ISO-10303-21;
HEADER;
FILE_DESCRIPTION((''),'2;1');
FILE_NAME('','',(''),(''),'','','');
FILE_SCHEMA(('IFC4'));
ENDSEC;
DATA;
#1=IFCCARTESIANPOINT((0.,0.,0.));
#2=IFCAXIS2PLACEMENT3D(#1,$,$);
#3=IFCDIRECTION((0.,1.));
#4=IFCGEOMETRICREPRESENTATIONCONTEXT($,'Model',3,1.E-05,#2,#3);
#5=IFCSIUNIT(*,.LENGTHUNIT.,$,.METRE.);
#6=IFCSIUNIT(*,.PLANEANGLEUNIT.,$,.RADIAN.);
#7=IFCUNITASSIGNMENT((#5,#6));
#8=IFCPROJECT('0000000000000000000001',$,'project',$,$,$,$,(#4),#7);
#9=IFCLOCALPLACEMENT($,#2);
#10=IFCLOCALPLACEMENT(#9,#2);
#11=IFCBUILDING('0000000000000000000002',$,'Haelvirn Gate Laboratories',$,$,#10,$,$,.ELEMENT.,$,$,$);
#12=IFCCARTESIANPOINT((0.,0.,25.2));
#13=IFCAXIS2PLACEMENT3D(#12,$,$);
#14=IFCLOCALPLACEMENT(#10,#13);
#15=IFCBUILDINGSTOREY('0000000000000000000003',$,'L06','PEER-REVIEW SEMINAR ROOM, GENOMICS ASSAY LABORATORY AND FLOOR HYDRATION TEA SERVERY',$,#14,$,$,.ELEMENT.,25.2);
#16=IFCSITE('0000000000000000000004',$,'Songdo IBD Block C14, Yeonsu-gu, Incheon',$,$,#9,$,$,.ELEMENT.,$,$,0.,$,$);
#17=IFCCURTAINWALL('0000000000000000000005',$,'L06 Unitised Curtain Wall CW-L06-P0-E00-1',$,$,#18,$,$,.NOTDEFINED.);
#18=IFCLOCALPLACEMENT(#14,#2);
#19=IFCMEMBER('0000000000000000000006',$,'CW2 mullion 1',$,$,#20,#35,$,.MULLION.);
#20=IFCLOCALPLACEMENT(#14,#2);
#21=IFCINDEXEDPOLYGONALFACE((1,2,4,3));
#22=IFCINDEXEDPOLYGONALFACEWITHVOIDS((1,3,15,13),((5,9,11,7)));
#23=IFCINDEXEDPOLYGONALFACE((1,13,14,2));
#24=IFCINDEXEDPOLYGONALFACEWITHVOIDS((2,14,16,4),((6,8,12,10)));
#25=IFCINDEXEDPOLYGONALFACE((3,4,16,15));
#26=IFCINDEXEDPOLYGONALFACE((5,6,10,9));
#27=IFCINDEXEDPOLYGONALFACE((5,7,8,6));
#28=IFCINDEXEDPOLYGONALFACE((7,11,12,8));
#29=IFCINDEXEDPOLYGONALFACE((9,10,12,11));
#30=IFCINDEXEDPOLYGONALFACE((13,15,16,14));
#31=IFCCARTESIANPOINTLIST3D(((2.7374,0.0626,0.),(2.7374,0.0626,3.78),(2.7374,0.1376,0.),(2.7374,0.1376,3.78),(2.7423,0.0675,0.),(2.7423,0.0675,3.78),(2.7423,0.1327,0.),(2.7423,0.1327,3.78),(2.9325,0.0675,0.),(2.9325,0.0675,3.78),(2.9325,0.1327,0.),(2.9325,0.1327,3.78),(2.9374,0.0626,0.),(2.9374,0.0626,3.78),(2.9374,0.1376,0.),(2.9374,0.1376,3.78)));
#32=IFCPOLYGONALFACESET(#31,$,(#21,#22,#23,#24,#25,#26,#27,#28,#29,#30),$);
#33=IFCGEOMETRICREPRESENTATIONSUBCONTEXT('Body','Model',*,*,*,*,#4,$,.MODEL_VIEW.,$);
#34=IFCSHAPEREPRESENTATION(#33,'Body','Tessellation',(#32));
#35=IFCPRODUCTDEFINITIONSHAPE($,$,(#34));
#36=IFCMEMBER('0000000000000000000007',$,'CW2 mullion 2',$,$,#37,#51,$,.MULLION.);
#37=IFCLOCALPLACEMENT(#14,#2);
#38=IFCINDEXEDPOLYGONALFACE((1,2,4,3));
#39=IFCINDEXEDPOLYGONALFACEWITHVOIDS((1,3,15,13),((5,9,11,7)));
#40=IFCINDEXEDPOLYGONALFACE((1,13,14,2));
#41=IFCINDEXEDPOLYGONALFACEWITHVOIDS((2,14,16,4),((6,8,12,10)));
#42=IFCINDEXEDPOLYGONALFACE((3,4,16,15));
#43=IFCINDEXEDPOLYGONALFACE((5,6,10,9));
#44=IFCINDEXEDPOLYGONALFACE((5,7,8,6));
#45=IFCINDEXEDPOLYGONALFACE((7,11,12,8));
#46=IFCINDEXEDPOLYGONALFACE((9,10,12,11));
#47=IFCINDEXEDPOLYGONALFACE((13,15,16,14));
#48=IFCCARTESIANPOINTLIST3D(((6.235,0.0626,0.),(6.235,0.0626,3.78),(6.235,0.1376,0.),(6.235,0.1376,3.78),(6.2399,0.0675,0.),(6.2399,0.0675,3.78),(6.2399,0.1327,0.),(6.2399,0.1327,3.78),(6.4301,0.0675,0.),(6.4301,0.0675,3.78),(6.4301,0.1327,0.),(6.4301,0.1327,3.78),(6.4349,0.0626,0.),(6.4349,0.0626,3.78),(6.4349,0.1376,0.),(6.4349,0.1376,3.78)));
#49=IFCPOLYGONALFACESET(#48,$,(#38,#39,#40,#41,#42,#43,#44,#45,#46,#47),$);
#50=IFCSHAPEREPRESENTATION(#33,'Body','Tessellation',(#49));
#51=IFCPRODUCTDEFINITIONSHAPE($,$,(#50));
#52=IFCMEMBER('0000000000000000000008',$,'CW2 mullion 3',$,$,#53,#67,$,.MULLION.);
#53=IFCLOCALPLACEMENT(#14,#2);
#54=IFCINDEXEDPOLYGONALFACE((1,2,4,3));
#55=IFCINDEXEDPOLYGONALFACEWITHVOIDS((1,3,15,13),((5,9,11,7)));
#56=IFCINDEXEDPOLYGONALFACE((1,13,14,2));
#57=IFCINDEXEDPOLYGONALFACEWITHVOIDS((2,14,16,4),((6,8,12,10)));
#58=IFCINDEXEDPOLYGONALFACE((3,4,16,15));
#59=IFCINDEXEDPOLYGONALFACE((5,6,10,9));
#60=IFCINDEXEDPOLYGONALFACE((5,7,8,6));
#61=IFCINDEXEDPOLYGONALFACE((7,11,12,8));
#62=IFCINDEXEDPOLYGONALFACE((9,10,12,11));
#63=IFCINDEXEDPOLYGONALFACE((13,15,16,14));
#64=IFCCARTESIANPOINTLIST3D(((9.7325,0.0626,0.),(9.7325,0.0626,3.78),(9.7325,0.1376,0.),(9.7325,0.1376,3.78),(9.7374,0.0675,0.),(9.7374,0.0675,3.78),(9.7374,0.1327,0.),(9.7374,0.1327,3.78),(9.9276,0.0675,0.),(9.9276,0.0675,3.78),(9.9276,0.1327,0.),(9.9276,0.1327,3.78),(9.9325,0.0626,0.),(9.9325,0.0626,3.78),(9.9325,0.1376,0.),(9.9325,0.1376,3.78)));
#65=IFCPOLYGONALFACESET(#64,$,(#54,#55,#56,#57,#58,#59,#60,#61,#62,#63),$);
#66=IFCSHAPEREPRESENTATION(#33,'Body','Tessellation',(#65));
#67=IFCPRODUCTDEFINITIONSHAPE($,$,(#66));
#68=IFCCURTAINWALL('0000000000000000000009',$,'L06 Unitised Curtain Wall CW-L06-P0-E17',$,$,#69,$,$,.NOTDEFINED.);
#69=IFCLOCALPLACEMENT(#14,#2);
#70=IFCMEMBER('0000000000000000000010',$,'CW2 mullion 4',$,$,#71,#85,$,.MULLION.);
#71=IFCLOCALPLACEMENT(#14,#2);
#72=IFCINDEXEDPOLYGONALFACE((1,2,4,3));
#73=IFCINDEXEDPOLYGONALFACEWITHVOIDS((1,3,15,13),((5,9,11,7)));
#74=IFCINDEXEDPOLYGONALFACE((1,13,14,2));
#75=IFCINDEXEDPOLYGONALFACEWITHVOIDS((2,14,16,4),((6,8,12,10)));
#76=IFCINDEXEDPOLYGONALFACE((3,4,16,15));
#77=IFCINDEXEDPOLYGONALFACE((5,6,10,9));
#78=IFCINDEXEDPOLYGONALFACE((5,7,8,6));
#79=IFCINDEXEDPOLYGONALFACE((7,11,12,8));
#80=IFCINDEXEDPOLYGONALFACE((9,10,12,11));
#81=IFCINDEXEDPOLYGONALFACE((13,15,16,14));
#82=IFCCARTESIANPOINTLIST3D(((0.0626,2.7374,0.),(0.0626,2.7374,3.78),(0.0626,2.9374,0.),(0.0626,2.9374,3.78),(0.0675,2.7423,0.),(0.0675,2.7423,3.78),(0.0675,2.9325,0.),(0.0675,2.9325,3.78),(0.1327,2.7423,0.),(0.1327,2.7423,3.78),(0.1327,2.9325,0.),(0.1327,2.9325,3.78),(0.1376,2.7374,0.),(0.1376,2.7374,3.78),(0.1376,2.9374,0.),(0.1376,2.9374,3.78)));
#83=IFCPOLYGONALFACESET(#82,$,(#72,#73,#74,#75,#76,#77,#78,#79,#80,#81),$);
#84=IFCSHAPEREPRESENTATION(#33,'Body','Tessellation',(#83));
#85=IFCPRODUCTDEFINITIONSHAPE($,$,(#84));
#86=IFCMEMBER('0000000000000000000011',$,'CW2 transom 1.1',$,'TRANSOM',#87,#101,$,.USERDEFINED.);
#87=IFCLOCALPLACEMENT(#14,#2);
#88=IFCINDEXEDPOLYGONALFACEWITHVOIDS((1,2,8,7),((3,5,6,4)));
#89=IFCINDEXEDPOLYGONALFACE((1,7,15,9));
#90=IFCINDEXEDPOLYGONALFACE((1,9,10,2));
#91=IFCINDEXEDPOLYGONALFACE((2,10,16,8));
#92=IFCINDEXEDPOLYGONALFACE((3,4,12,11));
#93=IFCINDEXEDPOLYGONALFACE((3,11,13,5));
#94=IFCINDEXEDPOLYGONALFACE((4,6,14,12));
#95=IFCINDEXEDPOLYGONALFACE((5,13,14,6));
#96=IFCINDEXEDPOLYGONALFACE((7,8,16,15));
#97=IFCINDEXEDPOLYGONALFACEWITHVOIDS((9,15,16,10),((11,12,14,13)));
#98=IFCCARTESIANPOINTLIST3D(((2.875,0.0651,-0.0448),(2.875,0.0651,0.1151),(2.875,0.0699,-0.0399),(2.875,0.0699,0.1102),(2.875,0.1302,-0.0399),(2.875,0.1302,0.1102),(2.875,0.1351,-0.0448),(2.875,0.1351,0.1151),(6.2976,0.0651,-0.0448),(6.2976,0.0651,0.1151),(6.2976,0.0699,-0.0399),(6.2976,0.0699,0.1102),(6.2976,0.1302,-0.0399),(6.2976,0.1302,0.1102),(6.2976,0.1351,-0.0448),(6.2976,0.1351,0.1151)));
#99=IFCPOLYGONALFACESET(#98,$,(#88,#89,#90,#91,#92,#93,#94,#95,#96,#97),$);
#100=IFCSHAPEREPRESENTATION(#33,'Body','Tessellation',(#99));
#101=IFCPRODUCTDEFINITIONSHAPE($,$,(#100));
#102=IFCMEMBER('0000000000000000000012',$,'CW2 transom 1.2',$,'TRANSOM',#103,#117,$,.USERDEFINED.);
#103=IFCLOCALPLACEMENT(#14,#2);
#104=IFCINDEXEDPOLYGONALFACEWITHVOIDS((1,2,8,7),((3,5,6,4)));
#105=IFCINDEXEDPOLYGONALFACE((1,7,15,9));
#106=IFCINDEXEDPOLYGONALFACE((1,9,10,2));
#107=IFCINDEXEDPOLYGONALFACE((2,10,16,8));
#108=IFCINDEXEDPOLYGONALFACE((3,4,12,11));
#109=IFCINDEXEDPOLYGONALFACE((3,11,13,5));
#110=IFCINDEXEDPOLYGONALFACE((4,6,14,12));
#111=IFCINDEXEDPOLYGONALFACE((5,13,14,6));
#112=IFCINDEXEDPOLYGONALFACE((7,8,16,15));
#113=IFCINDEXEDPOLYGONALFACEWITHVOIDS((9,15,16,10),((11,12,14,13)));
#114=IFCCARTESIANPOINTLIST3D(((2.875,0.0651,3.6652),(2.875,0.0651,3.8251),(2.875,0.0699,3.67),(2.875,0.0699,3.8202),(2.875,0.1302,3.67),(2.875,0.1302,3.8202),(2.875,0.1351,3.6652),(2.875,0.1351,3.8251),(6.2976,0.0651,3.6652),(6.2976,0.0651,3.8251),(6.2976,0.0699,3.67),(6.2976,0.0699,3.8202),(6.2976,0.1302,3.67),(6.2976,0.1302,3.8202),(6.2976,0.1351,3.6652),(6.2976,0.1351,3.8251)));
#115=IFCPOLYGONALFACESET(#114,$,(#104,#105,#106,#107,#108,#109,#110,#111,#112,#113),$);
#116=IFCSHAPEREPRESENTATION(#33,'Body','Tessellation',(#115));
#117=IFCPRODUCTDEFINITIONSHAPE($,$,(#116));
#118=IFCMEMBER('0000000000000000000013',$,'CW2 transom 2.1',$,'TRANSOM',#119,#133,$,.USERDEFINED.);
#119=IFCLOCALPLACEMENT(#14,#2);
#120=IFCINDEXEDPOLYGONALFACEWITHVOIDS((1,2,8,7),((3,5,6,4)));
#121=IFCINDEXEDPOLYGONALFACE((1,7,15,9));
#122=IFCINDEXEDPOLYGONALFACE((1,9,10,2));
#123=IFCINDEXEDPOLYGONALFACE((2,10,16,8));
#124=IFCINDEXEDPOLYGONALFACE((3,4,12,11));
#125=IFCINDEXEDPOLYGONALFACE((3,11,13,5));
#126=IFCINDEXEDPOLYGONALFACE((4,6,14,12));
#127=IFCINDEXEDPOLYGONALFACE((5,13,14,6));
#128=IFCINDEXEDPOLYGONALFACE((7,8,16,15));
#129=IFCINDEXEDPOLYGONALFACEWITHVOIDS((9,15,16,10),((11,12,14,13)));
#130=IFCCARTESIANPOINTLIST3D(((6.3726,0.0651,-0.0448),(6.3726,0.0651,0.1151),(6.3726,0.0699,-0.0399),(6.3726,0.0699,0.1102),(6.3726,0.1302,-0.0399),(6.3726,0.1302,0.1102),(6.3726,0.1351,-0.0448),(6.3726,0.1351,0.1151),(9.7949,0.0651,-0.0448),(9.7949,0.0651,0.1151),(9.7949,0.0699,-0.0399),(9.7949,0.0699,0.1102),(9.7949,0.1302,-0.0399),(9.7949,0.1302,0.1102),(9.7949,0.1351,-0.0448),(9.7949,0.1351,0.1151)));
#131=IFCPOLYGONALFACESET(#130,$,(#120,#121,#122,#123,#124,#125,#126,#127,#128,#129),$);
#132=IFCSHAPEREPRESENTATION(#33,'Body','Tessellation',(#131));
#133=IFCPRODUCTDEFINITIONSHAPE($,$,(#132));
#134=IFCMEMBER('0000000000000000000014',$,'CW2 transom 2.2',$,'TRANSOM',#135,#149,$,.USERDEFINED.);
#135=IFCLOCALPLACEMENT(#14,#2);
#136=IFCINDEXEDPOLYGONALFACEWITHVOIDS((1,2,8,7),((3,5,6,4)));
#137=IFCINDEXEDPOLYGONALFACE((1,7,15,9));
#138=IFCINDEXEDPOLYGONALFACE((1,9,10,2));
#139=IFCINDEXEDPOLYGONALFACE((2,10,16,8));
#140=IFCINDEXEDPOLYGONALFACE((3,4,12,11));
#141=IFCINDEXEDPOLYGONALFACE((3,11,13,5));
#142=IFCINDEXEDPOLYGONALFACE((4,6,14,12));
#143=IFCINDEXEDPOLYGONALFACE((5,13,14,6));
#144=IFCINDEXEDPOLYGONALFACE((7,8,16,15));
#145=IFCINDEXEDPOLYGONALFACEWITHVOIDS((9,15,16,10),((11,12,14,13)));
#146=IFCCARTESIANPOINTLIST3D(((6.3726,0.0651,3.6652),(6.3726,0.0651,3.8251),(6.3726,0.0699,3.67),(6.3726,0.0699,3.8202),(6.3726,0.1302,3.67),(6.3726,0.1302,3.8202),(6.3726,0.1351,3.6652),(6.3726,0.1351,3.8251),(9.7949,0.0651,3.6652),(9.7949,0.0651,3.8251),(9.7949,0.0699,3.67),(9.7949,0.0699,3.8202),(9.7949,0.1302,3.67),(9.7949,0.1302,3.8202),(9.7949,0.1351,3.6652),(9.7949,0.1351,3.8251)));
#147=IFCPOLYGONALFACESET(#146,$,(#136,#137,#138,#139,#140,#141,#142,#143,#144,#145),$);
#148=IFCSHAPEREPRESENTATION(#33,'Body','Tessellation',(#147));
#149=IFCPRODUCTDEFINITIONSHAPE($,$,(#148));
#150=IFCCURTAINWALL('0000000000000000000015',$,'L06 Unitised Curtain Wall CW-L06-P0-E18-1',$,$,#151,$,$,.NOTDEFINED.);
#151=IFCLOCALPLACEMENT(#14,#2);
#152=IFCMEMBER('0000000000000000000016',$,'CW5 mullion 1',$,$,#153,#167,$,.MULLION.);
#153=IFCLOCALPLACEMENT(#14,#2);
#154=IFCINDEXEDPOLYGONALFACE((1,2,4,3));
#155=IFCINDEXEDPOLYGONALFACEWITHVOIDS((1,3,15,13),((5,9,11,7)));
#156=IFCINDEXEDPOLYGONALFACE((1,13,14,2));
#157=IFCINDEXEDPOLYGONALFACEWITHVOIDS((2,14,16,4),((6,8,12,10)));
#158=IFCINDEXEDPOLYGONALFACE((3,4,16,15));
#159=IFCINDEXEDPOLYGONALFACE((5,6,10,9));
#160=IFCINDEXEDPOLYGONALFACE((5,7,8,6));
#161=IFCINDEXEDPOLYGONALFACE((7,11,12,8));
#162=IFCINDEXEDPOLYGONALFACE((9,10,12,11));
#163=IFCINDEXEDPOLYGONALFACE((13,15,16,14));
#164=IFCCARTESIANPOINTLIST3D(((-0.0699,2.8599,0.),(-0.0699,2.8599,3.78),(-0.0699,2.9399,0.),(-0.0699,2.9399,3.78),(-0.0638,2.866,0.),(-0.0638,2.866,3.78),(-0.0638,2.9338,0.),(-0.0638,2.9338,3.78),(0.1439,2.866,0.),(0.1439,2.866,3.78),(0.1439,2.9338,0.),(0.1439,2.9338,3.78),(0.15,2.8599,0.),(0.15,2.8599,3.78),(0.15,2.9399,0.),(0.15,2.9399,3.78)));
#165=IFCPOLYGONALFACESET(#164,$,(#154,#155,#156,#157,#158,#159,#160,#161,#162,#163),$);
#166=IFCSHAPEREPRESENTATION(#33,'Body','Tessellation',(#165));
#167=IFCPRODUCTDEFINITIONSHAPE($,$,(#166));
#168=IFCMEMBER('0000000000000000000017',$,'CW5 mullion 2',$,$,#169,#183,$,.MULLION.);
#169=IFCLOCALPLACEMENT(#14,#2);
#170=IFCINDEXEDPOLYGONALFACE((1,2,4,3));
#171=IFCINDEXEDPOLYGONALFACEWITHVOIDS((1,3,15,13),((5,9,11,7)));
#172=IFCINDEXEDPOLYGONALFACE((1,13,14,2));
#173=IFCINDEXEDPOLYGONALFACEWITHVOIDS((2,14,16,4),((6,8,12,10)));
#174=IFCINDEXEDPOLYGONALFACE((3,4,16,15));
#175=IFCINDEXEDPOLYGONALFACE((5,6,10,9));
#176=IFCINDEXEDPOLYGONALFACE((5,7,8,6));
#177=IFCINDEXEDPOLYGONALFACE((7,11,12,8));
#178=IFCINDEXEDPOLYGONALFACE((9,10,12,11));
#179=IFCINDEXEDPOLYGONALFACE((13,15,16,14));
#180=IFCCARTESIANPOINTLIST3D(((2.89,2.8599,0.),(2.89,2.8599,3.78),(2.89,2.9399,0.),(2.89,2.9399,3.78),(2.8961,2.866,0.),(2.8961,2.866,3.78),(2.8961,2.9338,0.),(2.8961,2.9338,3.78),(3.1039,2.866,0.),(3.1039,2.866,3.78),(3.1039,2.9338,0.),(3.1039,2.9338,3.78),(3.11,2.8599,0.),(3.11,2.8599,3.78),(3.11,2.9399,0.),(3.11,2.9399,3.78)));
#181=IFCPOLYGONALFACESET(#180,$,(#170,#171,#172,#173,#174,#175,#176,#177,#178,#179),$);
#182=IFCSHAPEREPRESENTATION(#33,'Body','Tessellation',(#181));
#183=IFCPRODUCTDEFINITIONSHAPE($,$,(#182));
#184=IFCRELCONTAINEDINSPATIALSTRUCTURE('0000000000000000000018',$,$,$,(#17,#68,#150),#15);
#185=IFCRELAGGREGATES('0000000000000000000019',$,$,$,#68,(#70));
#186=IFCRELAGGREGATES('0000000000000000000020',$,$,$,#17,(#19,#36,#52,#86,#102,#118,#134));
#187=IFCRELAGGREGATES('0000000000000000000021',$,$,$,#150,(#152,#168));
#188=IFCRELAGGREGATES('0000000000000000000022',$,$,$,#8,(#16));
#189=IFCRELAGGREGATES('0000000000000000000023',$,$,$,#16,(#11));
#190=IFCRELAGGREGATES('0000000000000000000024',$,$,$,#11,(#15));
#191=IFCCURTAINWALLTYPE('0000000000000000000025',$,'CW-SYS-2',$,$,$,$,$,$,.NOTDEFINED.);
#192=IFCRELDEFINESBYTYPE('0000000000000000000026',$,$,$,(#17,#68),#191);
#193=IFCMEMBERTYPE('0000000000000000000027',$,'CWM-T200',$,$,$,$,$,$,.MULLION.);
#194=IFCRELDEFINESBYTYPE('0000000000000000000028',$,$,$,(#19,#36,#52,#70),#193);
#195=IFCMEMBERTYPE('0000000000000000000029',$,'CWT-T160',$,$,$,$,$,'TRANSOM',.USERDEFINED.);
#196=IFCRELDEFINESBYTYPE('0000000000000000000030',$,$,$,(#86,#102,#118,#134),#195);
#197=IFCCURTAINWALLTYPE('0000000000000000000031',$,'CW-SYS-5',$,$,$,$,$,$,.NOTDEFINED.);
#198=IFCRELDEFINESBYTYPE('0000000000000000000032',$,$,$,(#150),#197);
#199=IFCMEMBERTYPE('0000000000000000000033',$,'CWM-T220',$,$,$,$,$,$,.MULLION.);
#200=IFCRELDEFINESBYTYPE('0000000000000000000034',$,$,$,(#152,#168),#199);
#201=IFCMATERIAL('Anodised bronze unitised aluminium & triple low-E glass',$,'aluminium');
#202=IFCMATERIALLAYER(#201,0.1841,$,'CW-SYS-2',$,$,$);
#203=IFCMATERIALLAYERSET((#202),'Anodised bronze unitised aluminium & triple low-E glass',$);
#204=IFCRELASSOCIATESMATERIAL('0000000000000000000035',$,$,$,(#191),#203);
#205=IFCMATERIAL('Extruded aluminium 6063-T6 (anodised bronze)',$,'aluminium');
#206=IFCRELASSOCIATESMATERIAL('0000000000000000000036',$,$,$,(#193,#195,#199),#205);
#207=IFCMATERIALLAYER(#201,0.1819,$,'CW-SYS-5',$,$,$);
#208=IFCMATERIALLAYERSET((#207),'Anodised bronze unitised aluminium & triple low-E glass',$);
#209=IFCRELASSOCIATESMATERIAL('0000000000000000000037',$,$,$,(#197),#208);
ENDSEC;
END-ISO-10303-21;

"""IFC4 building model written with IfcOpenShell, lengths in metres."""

from ifc_helpers import new_model, si_unit, direction, frame, origin, origin_2d, place, context, subcontext, project, spatial, hollow_rectangle, extrude, source, transform, mapped, material, layer, layer_set, material_profile, profile_set, type_object, type_shapes, element, aggregate, save


model = new_model("IFC4")

# Units and contexts
model_context = context("Model", 3, precision=1e-05, world=origin(), true_north=direction((0.0, 1.0)))
body_context = subcontext(model_context, "Body", "Model", "MODEL_VIEW")
ifc_project = project(units=[si_unit("LENGTHUNIT", "METRE"), si_unit("PLANEANGLEUNIT", "RADIAN")], contexts=[model_context])

# Site, building, storey
site_placement = place(None, origin())
site = spatial("IfcSite", under=ifc_project, at=site_placement, Name="Songdo IBD Block C14, Yeonsu-gu, Incheon", CompositionType="ELEMENT", RefElevation=0.0)
building_placement = place(site_placement, origin())
building = spatial("IfcBuilding", under=site, at=building_placement, Name="Haelvirn Gate Laboratories", CompositionType="ELEMENT")
storey_placement = place(building_placement, frame((0.0, 0.0, 25.2)))
storey = spatial("IfcBuildingStorey", under=building, at=storey_placement, Name="L06", Description="PEER-REVIEW SEMINAR ROOM, GENOMICS ASSAY LABORATORY AND FLOOR HYDRATION TEA SERVERY", CompositionType="ELEMENT", Elevation=25.2)

# Curtain wall, members
ifc_material_1 = material(Name="Anodised bronze unitised aluminium & triple low-E glass", Category="aluminium")
ifc_layer_1 = layer(ifc_material_1, 0.1841, Name="CW-SYS-2")
ifc_layer_set_1 = layer_set([ifc_layer_1], Name="Anodised bronze unitised aluminium & triple low-E glass")
curtain_wall_type_1 = type_object("IfcCurtainWallType", Name="CW-SYS-2", PredefinedType="NOTDEFINED", material=ifc_layer_set_1)
curtain_wall_1_placement = place(storey_placement, origin())
curtain_wall_1 = element("IfcCurtainWall", 1, at=curtain_wall_1_placement, inside=storey, type_object=curtain_wall_type_1, Name="L06 Unitised Curtain Wall CW-L06-P0-E00-1", PredefinedType="NOTDEFINED")
ifc_material_2 = material(Name="Extruded aluminium 6063-T6 (anodised bronze)", Category="aluminium")
ifc_material_profile_1 = material_profile(ifc_material_2, hollow_rectangle(XDim=0.075, YDim=0.2, WallThickness=0.0049, at=origin_2d()), Name="CWM-200x75x5")
ifc_profile_set_1 = profile_set([ifc_material_profile_1], Name="Extruded aluminium 6063-T6 (anodised bronze)")
member_type_1 = type_object("IfcMemberType", Name="CWM-T200", PredefinedType="MULLION", material=ifc_profile_set_1)
shared_shape_1 = source(origin(), body_context, "Body", "SweptSolid", [
    extrude(hollow_rectangle(XDim=0.075, YDim=0.2, WallThickness=0.0049, at=origin_2d()), origin(), (0.0, 0.0, 1.0), 3.78),
])
type_shapes(member_type_1, [shared_shape_1])
member_1_placement = place(storey_placement, frame((2.8374, 0.1001, 0.0), z_axis=(0.0, 0.0, 1.0), x_axis=(0.0, 1.0, 0.0)))
member_1 = element("IfcMember", 2, at=member_1_placement, type_object=member_type_1, Name="CW2 mullion 1", PredefinedType="MULLION", context=body_context, shape_type="MappedRepresentation", body=[
    mapped(shared_shape_1, transform((0.0, 0.0, 0.0), scale=1.0)),
])
member_2_placement = place(storey_placement, frame((6.335, 0.1001, 0.0), z_axis=(0.0, 0.0, 1.0), x_axis=(0.0, 1.0, 0.0)))
member_2 = element("IfcMember", 3, at=member_2_placement, type_object=member_type_1, Name="CW2 mullion 2", PredefinedType="MULLION", context=body_context, shape_type="MappedRepresentation", body=[
    mapped(shared_shape_1, transform((0.0, 0.0, 0.0), scale=1.0)),
])
member_3_placement = place(storey_placement, frame((9.8325, 0.1001, 0.0), z_axis=(0.0, 0.0, 1.0), x_axis=(0.0, 1.0, 0.0)))
member_3 = element("IfcMember", 4, at=member_3_placement, type_object=member_type_1, Name="CW2 mullion 3", PredefinedType="MULLION", context=body_context, shape_type="MappedRepresentation", body=[
    mapped(shared_shape_1, transform((0.0, 0.0, 0.0), scale=1.0)),
])

# Curtain wall, member
curtain_wall_2_placement = place(storey_placement, origin())
curtain_wall_2 = element("IfcCurtainWall", 5, at=curtain_wall_2_placement, inside=storey, type_object=curtain_wall_type_1, Name="L06 Unitised Curtain Wall CW-L06-P0-E17", PredefinedType="NOTDEFINED")
member_4_placement = place(storey_placement, frame((0.1001, 2.8374, 0.0), z_axis=(0.0, 0.0, 1.0), x_axis=(1.0, 0.0, 0.0)))
member_4 = element("IfcMember", 6, at=member_4_placement, type_object=member_type_1, Name="CW2 mullion 4", PredefinedType="MULLION", context=body_context, shape_type="MappedRepresentation", body=[
    mapped(shared_shape_1, transform((0.0, 0.0, 0.0), scale=1.0)),
])
aggregate(curtain_wall_2, [member_4])

# Members
ifc_material_profile_2 = material_profile(ifc_material_2, hollow_rectangle(XDim=0.0701, YDim=0.1599, WallThickness=0.0049, at=origin_2d()), Name="CWT-160x70x5")
ifc_profile_set_2 = profile_set([ifc_material_profile_2], Name="Extruded aluminium 6063-T6 (anodised bronze)")
member_type_2 = type_object("IfcMemberType", Name="CWT-T160", ElementType="TRANSOM", PredefinedType="USERDEFINED", material=ifc_profile_set_2)
shared_shape_2 = source(origin(), body_context, "Body", "SweptSolid", [
    extrude(hollow_rectangle(XDim=0.0701, YDim=0.1599, WallThickness=0.0049, at=origin_2d()), origin(), (0.0, 0.0, 1.0), 3.4226),
])
member_5_placement = place(storey_placement, frame((2.875, 0.1001, 0.0352), z_axis=(1.0, 0.0, 0.0), x_axis=(0.0, 1.0, 0.0)))
member_5 = element("IfcMember", 7, at=member_5_placement, type_object=member_type_2, Name="CW2 transom 1.1", ObjectType="TRANSOM", PredefinedType="USERDEFINED", context=body_context, shape_type="MappedRepresentation", body=[
    mapped(shared_shape_2, transform((0.0, 0.0, 0.0), scale=1.0)),
])
member_6_placement = place(storey_placement, frame((2.875, 0.1001, 3.7451), z_axis=(1.0, 0.0, 0.0), x_axis=(0.0, 1.0, 0.0)))
member_6 = element("IfcMember", 8, at=member_6_placement, type_object=member_type_2, Name="CW2 transom 1.2", ObjectType="TRANSOM", PredefinedType="USERDEFINED", context=body_context, shape_type="MappedRepresentation", body=[
    mapped(shared_shape_2, transform((0.0, 0.0, 0.0), scale=1.0)),
])
shared_shape_3 = source(origin(), body_context, "Body", "SweptSolid", [
    extrude(hollow_rectangle(XDim=0.0701, YDim=0.1599, WallThickness=0.0049, at=origin_2d()), origin(), (0.0, 0.0, 1.0), 3.4224),
])
type_shapes(member_type_2, [shared_shape_2, shared_shape_3])
member_7_placement = place(storey_placement, frame((6.3726, 0.1001, 0.0352), z_axis=(1.0, 0.0, 0.0), x_axis=(0.0, 1.0, 0.0)))
member_7 = element("IfcMember", 9, at=member_7_placement, type_object=member_type_2, Name="CW2 transom 2.1", ObjectType="TRANSOM", PredefinedType="USERDEFINED", context=body_context, shape_type="MappedRepresentation", body=[
    mapped(shared_shape_3, transform((0.0, 0.0, 0.0), scale=1.0)),
])
member_8_placement = place(storey_placement, frame((6.3726, 0.1001, 3.7451), z_axis=(1.0, 0.0, 0.0), x_axis=(0.0, 1.0, 0.0)))
member_8 = element("IfcMember", 10, at=member_8_placement, type_object=member_type_2, Name="CW2 transom 2.2", ObjectType="TRANSOM", PredefinedType="USERDEFINED", context=body_context, shape_type="MappedRepresentation", body=[
    mapped(shared_shape_3, transform((0.0, 0.0, 0.0), scale=1.0)),
])

# Curtain wall, members
ifc_layer_2 = layer(ifc_material_1, 0.1819, Name="CW-SYS-5")
ifc_layer_set_2 = layer_set([ifc_layer_2], Name="Anodised bronze unitised aluminium & triple low-E glass")
curtain_wall_type_2 = type_object("IfcCurtainWallType", Name="CW-SYS-5", PredefinedType="NOTDEFINED", material=ifc_layer_set_2)
curtain_wall_3_placement = place(storey_placement, origin())
curtain_wall_3 = element("IfcCurtainWall", 11, at=curtain_wall_3_placement, inside=storey, type_object=curtain_wall_type_2, Name="L06 Unitised Curtain Wall CW-L06-P0-E18-1", PredefinedType="NOTDEFINED")
ifc_material_profile_3 = material_profile(ifc_material_2, hollow_rectangle(XDim=0.0801, YDim=0.22, WallThickness=0.0061, at=origin_2d()), Name="CWM-220x80x6")
ifc_profile_set_3 = profile_set([ifc_material_profile_3], Name="Extruded aluminium 6063-T6 (anodised bronze)")
member_type_3 = type_object("IfcMemberType", Name="CWM-T220", PredefinedType="MULLION", material=ifc_profile_set_3)
shared_shape_4 = source(origin(), body_context, "Body", "SweptSolid", [
    extrude(hollow_rectangle(XDim=0.0801, YDim=0.22, WallThickness=0.0061, at=origin_2d()), origin(), (0.0, 0.0, 1.0), 3.78),
])
type_shapes(member_type_3, [shared_shape_4])
member_9_placement = place(storey_placement, frame((0.04, 2.8999, 0.0), z_axis=(0.0, 0.0, 1.0), x_axis=(0.0, 1.0, 0.0)))
member_9 = element("IfcMember", 12, at=member_9_placement, type_object=member_type_3, Name="CW5 mullion 1", PredefinedType="MULLION", context=body_context, shape_type="MappedRepresentation", body=[
    mapped(shared_shape_4, transform((0.0, 0.0, 0.0), scale=1.0)),
])
member_10_placement = place(storey_placement, frame((3.0, 2.8999, 0.0), z_axis=(0.0, 0.0, 1.0), x_axis=(0.0, 1.0, 0.0)))
member_10 = element("IfcMember", 13, at=member_10_placement, type_object=member_type_3, Name="CW5 mullion 2", PredefinedType="MULLION", context=body_context, shape_type="MappedRepresentation", body=[
    mapped(shared_shape_4, transform((0.0, 0.0, 0.0), scale=1.0)),
])

aggregate(curtain_wall_1, [member_1, member_2, member_3, member_5, member_6, member_7, member_8])
aggregate(curtain_wall_3, [member_9, member_10])

save(model, "model.ifc")
